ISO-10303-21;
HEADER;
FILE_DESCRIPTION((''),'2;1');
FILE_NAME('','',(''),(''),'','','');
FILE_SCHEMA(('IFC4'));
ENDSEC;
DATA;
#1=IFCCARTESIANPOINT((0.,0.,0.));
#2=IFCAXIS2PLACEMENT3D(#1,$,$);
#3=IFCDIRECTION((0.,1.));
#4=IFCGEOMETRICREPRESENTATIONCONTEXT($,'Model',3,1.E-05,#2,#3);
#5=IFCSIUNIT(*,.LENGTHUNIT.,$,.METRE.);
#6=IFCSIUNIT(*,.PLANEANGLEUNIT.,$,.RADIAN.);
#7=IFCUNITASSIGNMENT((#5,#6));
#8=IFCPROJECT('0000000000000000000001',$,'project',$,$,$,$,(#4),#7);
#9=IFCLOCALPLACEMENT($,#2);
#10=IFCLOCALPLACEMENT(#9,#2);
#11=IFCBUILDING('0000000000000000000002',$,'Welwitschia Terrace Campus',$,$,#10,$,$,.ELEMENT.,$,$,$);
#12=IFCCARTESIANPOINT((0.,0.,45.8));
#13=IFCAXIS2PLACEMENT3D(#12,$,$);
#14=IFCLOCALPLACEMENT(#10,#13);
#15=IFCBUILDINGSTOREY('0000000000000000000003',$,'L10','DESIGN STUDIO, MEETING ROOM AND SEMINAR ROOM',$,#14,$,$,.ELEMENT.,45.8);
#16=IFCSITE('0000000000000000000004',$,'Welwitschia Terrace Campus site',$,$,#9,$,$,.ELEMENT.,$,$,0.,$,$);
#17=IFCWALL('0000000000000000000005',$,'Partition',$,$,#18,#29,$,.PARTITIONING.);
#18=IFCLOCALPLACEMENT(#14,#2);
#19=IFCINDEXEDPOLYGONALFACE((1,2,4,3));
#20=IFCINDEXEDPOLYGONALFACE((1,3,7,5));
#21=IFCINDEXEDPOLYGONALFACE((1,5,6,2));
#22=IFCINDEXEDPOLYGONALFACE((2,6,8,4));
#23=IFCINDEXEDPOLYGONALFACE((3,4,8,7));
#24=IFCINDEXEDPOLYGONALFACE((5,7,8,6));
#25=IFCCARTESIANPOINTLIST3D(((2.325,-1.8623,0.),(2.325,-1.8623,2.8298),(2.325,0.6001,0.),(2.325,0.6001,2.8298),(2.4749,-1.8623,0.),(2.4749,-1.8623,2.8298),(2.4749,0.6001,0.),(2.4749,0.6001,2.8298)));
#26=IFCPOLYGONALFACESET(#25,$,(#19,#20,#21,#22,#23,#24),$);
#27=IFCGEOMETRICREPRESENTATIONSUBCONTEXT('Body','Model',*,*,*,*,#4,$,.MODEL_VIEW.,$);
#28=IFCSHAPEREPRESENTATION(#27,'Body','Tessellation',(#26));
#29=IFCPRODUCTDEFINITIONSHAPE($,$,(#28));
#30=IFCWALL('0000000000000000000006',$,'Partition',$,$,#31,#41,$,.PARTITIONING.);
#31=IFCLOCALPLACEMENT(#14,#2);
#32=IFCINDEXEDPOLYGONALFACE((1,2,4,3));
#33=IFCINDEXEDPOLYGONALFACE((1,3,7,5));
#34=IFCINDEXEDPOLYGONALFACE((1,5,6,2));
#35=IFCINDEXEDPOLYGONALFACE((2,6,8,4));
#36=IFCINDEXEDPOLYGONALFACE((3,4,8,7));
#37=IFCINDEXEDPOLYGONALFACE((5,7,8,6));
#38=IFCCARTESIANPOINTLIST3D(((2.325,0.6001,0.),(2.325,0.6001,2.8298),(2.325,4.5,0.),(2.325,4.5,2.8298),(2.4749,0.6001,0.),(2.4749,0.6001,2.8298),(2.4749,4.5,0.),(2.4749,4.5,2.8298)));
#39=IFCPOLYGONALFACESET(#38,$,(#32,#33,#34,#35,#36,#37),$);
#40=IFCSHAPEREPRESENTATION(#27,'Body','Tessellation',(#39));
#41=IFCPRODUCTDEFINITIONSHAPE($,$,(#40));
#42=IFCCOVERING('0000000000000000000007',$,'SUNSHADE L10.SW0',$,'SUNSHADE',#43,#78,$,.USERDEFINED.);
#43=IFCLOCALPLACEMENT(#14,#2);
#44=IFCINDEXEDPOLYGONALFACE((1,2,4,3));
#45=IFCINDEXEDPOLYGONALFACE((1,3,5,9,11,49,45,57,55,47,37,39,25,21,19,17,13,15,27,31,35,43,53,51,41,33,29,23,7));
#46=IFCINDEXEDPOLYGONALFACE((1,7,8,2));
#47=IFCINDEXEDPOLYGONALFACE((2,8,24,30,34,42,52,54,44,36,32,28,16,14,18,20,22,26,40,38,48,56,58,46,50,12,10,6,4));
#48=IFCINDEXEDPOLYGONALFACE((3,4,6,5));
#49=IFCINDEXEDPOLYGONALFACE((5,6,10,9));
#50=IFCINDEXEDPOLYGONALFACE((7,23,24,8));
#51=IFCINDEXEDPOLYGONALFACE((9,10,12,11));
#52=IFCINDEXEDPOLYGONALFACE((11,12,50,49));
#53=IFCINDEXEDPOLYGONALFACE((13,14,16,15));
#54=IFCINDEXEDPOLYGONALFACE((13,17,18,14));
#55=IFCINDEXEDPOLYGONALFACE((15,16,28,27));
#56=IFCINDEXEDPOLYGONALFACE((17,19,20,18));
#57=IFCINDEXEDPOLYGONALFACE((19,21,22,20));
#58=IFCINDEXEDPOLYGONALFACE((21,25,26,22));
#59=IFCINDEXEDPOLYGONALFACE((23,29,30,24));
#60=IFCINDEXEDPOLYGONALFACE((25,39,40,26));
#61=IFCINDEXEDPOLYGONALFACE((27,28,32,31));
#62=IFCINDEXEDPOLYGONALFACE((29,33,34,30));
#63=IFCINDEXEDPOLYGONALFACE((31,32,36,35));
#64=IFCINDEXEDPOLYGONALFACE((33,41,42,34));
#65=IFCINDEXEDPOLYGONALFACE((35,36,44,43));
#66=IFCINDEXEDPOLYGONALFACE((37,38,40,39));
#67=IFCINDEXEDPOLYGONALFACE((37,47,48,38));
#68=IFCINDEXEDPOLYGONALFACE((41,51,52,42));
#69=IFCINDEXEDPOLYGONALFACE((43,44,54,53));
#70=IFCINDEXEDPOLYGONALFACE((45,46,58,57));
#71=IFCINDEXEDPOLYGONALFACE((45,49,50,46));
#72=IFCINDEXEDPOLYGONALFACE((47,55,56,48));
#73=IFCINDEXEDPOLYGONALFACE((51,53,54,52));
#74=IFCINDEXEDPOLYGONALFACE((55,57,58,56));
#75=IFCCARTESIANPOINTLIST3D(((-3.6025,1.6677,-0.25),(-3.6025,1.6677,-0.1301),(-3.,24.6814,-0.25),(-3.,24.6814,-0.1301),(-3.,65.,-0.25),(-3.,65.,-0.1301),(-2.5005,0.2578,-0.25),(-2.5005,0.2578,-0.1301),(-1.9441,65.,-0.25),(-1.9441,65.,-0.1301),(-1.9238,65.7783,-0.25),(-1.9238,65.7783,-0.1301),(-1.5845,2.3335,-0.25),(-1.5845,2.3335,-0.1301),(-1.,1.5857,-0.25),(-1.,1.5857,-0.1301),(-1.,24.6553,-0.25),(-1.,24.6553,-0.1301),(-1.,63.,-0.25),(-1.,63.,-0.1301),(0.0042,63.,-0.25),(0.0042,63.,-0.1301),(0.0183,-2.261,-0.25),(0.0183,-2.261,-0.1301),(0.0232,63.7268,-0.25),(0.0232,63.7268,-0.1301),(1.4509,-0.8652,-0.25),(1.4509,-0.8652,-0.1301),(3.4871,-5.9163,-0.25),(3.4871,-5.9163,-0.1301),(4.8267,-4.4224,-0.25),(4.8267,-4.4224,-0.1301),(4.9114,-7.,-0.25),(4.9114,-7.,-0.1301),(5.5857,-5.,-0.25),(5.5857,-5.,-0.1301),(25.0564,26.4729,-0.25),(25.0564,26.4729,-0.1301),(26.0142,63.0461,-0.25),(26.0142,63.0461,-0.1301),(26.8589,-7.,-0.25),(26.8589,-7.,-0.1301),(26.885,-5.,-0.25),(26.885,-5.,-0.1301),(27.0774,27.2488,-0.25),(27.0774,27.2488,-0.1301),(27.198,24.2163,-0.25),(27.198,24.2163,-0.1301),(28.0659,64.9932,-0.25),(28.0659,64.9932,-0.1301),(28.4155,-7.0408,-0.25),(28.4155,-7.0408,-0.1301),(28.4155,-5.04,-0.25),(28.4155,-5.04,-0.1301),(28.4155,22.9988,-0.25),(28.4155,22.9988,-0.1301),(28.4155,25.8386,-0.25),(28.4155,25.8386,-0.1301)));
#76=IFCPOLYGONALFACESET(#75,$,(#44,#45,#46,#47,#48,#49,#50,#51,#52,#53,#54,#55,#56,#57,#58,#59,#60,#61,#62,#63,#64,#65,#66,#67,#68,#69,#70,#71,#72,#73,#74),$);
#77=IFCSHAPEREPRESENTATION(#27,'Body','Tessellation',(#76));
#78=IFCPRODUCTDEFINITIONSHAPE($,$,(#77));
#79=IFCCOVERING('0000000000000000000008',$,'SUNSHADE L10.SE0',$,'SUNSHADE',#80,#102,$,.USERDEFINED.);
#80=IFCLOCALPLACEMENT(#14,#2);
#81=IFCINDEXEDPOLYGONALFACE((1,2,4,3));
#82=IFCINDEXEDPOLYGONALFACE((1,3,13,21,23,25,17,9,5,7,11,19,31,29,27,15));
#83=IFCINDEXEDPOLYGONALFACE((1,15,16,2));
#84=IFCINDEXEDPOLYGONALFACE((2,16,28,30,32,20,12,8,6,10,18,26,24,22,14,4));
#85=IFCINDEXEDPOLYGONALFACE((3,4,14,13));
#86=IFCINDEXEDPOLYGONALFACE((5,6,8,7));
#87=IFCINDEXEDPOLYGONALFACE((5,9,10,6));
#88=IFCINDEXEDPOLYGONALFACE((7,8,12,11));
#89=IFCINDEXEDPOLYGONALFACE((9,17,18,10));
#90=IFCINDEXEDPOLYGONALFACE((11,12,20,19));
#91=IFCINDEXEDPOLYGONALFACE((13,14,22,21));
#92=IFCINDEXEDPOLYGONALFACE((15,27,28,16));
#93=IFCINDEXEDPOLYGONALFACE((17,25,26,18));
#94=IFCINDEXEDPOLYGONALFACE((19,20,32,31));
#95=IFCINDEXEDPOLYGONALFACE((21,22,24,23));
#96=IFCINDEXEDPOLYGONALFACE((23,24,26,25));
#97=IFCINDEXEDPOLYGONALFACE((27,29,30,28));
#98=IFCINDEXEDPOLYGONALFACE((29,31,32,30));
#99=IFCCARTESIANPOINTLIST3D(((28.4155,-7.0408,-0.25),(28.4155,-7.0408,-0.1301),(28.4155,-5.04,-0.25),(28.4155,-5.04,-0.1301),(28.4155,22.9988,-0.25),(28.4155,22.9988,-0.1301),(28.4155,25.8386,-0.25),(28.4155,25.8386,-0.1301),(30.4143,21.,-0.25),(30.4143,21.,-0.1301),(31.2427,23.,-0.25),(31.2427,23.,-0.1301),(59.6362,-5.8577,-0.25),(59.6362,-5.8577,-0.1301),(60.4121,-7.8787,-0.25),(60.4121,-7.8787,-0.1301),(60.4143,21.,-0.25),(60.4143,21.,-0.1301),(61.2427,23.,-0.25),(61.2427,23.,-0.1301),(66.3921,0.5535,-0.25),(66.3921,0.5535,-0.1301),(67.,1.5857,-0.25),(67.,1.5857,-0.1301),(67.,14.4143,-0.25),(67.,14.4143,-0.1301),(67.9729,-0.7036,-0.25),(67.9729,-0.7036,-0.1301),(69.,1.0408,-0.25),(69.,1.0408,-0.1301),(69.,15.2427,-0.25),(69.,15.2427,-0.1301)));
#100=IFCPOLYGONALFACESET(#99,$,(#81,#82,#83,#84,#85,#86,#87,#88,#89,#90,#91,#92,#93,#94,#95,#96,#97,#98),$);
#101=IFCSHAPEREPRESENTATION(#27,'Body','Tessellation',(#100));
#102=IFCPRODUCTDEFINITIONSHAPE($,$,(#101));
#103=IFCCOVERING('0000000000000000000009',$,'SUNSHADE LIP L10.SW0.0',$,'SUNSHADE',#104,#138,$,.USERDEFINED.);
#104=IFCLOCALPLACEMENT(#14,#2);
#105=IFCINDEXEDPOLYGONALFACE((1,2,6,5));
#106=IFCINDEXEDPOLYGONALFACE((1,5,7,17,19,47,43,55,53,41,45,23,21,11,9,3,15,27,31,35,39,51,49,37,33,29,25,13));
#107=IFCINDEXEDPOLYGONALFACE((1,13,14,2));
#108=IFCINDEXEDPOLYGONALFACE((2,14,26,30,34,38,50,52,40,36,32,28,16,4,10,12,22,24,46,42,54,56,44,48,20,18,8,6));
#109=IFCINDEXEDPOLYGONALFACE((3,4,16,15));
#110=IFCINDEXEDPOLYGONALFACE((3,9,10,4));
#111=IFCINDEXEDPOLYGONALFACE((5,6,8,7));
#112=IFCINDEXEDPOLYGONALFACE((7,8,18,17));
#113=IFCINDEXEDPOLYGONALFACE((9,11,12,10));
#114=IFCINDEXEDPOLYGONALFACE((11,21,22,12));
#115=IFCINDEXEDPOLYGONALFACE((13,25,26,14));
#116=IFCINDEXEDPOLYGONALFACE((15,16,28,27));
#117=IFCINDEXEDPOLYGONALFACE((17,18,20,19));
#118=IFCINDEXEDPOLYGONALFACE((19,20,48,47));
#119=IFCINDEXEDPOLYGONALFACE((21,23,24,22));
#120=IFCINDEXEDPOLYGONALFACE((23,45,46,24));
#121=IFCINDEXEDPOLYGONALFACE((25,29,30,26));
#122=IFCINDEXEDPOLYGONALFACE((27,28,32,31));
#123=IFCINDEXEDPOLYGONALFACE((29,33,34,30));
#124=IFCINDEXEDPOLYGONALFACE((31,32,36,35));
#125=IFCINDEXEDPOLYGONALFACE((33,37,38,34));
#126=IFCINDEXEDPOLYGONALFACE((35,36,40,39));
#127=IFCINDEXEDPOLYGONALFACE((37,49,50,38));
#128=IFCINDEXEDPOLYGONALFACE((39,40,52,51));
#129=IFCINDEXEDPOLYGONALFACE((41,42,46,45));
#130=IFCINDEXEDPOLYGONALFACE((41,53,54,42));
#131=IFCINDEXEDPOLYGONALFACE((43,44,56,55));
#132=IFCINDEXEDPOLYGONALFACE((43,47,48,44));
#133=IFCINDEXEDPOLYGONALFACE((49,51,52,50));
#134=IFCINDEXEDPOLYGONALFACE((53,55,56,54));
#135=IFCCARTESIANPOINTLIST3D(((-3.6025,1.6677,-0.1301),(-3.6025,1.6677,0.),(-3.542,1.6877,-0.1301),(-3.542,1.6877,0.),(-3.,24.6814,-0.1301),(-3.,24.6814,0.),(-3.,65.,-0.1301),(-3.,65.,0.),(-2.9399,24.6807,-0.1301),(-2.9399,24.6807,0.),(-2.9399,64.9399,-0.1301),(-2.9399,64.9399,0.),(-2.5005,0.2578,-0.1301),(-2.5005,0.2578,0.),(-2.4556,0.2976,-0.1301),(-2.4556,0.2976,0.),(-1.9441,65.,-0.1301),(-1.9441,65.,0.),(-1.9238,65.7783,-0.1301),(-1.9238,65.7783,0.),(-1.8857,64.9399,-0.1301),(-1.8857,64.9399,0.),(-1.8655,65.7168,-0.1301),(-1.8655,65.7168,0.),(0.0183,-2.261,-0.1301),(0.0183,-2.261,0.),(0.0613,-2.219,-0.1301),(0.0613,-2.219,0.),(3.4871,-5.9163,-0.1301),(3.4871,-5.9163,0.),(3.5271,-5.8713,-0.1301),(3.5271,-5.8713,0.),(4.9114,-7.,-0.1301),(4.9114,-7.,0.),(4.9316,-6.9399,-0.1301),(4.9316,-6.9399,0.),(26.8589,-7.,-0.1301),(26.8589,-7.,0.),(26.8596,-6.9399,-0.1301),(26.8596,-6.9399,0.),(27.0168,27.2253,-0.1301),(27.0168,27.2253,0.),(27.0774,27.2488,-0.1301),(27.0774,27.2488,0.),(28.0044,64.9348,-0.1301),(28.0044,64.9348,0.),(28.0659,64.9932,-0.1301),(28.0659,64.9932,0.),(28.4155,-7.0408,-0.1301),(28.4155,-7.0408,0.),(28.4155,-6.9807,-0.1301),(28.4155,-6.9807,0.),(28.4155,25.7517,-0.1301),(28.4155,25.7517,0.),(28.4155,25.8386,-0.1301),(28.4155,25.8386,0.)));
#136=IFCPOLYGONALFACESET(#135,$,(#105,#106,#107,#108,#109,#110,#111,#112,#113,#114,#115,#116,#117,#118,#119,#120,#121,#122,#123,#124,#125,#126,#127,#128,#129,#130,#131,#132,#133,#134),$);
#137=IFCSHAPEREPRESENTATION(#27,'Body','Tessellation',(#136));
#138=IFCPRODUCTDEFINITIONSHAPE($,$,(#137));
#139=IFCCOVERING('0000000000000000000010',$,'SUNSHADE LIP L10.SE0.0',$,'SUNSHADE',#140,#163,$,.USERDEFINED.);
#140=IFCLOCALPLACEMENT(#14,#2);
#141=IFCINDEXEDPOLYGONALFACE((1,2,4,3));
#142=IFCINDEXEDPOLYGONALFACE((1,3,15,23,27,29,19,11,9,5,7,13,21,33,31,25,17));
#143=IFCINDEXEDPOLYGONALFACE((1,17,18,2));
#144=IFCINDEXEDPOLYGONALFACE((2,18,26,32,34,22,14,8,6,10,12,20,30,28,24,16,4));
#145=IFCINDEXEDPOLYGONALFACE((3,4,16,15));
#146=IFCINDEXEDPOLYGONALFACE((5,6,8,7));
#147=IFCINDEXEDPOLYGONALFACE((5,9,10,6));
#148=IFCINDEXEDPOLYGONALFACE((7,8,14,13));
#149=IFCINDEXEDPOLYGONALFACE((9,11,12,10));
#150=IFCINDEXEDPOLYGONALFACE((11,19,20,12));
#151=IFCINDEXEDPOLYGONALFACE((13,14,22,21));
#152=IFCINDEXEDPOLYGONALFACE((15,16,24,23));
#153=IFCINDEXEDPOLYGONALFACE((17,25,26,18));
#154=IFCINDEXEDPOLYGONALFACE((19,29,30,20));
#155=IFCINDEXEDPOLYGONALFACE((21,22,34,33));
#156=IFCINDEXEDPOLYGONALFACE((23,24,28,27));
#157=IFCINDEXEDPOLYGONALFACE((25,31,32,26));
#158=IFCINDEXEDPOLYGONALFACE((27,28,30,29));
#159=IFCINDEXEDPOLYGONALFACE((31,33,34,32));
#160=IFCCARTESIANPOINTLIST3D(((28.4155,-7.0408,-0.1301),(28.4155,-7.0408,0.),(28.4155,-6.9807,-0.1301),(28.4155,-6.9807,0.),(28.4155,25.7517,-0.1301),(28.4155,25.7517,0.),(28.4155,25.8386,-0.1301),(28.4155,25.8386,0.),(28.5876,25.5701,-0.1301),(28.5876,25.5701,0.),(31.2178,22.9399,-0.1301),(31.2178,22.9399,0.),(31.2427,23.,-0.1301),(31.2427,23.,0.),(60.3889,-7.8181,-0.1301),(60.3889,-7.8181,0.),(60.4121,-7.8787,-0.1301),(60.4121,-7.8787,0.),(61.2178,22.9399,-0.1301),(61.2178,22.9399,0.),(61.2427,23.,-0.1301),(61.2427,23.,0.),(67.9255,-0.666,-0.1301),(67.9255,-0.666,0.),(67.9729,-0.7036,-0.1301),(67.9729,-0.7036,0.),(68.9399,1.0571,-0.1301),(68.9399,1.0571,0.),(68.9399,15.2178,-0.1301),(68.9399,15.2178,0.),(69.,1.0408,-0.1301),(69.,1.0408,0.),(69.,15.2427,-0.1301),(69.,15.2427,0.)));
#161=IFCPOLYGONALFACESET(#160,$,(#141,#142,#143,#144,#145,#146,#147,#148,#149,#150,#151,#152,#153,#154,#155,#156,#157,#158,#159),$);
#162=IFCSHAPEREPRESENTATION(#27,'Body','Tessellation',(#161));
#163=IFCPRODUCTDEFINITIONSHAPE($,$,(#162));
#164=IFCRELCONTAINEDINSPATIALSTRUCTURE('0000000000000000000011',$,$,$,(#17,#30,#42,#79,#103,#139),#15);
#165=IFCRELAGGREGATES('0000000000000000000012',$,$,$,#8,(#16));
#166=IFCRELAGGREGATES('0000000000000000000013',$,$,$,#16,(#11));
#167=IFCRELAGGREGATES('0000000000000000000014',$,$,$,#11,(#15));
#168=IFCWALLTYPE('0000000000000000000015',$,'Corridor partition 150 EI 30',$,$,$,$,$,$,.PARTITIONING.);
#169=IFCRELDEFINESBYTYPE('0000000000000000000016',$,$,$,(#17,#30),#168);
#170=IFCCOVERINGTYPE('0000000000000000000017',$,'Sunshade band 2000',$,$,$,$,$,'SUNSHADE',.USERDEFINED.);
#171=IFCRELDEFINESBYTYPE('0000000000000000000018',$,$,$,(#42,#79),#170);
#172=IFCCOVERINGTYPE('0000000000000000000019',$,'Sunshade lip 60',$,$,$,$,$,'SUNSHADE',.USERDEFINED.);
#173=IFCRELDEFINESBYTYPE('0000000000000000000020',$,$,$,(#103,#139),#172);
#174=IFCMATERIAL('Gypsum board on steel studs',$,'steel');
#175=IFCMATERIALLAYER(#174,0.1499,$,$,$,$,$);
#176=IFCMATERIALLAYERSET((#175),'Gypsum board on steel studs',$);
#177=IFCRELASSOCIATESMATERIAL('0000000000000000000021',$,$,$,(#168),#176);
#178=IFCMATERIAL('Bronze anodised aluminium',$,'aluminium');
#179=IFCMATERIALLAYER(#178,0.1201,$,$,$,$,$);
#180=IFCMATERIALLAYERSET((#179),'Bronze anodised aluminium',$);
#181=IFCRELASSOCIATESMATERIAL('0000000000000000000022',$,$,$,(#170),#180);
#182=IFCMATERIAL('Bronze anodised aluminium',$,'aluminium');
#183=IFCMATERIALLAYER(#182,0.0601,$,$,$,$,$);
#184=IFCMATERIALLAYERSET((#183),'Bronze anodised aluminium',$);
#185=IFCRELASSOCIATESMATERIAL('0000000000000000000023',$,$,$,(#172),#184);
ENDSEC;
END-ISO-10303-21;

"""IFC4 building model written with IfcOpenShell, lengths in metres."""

from ifc_helpers import new_model, si_unit, direction, frame, frame_2d, origin, place, context, subcontext, project, spatial, polyline, rectangle, outline, extrude, material, layer, layer_set, type_object, element, save


model = new_model("IFC4")

# Units and contexts
model_context = context("Model", 3, precision=1e-05, world=origin(), true_north=direction((0.0, 1.0)))
body_context = subcontext(model_context, "Body", "Model", "MODEL_VIEW")
ifc_project = project(units=[si_unit("LENGTHUNIT", "METRE"), si_unit("PLANEANGLEUNIT", "RADIAN")], contexts=[model_context])

# Site, building, storey
site_placement = place(None, origin())
site = spatial("IfcSite", under=ifc_project, at=site_placement, Name="Welwitschia Terrace Campus site", CompositionType="ELEMENT", RefElevation=0.0)
building_placement = place(site_placement, origin())
building = spatial("IfcBuilding", under=site, at=building_placement, Name="Welwitschia Terrace Campus", CompositionType="ELEMENT")
storey_placement = place(building_placement, frame((0.0, 0.0, 45.8)))
storey = spatial("IfcBuildingStorey", under=building, at=storey_placement, Name="L10", Description="DESIGN STUDIO, MEETING ROOM AND SEMINAR ROOM", CompositionType="ELEMENT", Elevation=45.8)

# Walls
ifc_material_1 = material(Name="Gypsum board on steel studs", Category="steel")
ifc_layer_1 = layer(ifc_material_1, 0.1499)
ifc_layer_set_1 = layer_set([ifc_layer_1], Name="Gypsum board on steel studs")
wall_type = type_object("IfcWallType", Name="Corridor partition 150 EI 30", PredefinedType="PARTITIONING", material=ifc_layer_set_1)
wall_1_placement = place(storey_placement, frame((2.3999, -1.8623, 0.0), z_axis=(0.0, 0.0, 1.0), x_axis=(0.0, 1.0, 0.0)))
element("IfcWall", 1, at=wall_1_placement, inside=storey, type_object=wall_type, Name="Partition", PredefinedType="PARTITIONING", context=body_context, shape_type="SweptSolid", body=[
    extrude(rectangle(XDim=2.4624, YDim=0.1499, at=frame_2d((1.2312, 0.0))), origin(), (0.0, 0.0, 1.0), 2.8298),
])
wall_2_placement = place(storey_placement, frame((2.3999, 0.6001, 0.0), z_axis=(0.0, 0.0, 1.0), x_axis=(0.0, 1.0, 0.0)))
element("IfcWall", 2, at=wall_2_placement, inside=storey, type_object=wall_type, Name="Partition", PredefinedType="PARTITIONING", context=body_context, shape_type="SweptSolid", body=[
    extrude(rectangle(XDim=3.8999, YDim=0.1499, at=frame_2d((1.95, 0.0))), origin(), (0.0, 0.0, 1.0), 2.8298),
])

# Coverings
ifc_material_2 = material(Name="Bronze anodised aluminium", Category="aluminium")
ifc_layer_2 = layer(ifc_material_2, 0.1201)
ifc_layer_set_2 = layer_set([ifc_layer_2], Name="Bronze anodised aluminium")
covering_type_1 = type_object("IfcCoveringType", Name="Sunshade band 2000", ElementType="SUNSHADE", PredefinedType="USERDEFINED", material=ifc_layer_set_2)
covering_1_placement = place(storey_placement, frame((0.0, 0.0, -0.25)))
element("IfcCovering", 3, at=covering_1_placement, inside=storey, type_object=covering_type_1, Name="SUNSHADE L10.SW0", ObjectType="SUNSHADE", PredefinedType="USERDEFINED", context=body_context, shape_type="SweptSolid", body=[
    extrude(outline(polyline([(-3.0, 24.6814), (-3.0, 65.0), (-1.9441, 65.0), (-1.9238, 65.7783), (28.0659, 64.9932), (27.0774, 27.2488), (28.4155, 25.8386), (28.4155, 22.9988), (27.198, 24.2163), (25.0564, 26.4729), (26.0142, 63.0461), (0.0232, 63.7268), (0.0042, 63.0), (-1.0, 63.0), (-1.0, 24.6553), (-1.5845, 2.3335), (-1.0, 1.5857), (1.4509, -0.8652), (4.8267, -4.4224), (5.5857, -5.0), (26.885, -5.0), (28.4155, -5.04), (28.4155, -7.0408), (26.8589, -7.0), (4.9114, -7.0), (3.4871, -5.9163), (0.0183, -2.261), (-2.5005, 0.2578), (-3.6025, 1.6677), (-3.0, 24.6814)])), origin(), (0.0, 0.0, 1.0), 0.1199),
])
covering_2_placement = place(storey_placement, frame((0.0, 0.0, -0.25)))
element("IfcCovering", 4, at=covering_2_placement, inside=storey, type_object=covering_type_1, Name="SUNSHADE L10.SE0", ObjectType="SUNSHADE", PredefinedType="USERDEFINED", context=body_context, shape_type="SweptSolid", body=[
    extrude(outline(polyline([(28.4155, 25.8386), (31.2427, 23.0), (61.2427, 23.0), (69.0, 15.2427), (69.0, 1.0408), (67.9729, -0.7036), (60.4121, -7.8787), (28.4155, -7.0408), (28.4155, -5.04), (59.6362, -5.8577), (66.3921, 0.5535), (67.0, 1.5857), (67.0, 14.4143), (60.4143, 21.0), (30.4143, 21.0), (28.4155, 22.9988), (28.4155, 25.8386)])), origin(), (0.0, 0.0, 1.0), 0.1199),
])
ifc_material_3 = material(Name="Bronze anodised aluminium", Category="aluminium")
ifc_layer_3 = layer(ifc_material_3, 0.0601)
ifc_layer_set_3 = layer_set([ifc_layer_3], Name="Bronze anodised aluminium")
covering_type_2 = type_object("IfcCoveringType", Name="Sunshade lip 60", ElementType="SUNSHADE", PredefinedType="USERDEFINED", material=ifc_layer_set_3)
covering_3_placement = place(storey_placement, frame((0.0, 0.0, -0.1301)))
element("IfcCovering", 5, at=covering_3_placement, inside=storey, type_object=covering_type_2, Name="SUNSHADE LIP L10.SW0.0", ObjectType="SUNSHADE", PredefinedType="USERDEFINED", context=body_context, shape_type="SweptSolid", body=[
    extrude(outline(polyline([(-3.0, 65.0), (-1.9441, 65.0), (-1.9238, 65.7783), (28.0659, 64.9932), (27.0774, 27.2488), (28.4155, 25.8386), (28.4155, 25.7517), (27.0168, 27.2253), (28.0044, 64.9348), (-1.8655, 65.7168), (-1.8857, 64.9399), (-2.9399, 64.9399), (-2.9399, 24.6807), (-3.542, 1.6877), (-2.4556, 0.2976), (0.0613, -2.219), (3.5271, -5.8713), (4.9316, -6.9399), (26.8596, -6.9399), (28.4155, -6.9807), (28.4155, -7.0408), (26.8589, -7.0), (4.9114, -7.0), (3.4871, -5.9163), (0.0183, -2.261), (-2.5005, 0.2578), (-3.6025, 1.6677), (-3.0, 24.6814), (-3.0, 65.0)])), origin(), (0.0, 0.0, 1.0), 0.1301),
])
covering_4_placement = place(storey_placement, frame((0.0, 0.0, -0.1301)))
element("IfcCovering", 6, at=covering_4_placement, inside=storey, type_object=covering_type_2, Name="SUNSHADE LIP L10.SE0.0", ObjectType="SUNSHADE", PredefinedType="USERDEFINED", context=body_context, shape_type="SweptSolid", body=[
    extrude(outline(polyline([(31.2427, 23.0), (61.2427, 23.0), (69.0, 15.2427), (69.0, 1.0408), (67.9729, -0.7036), (60.4121, -7.8787), (28.4155, -7.0408), (28.4155, -6.9807), (60.3889, -7.8181), (67.9255, -0.666), (68.9399, 1.0571), (68.9399, 15.2178), (61.2178, 22.9399), (31.2178, 22.9399), (28.5876, 25.5701), (28.4155, 25.7517), (28.4155, 25.8386), (31.2427, 23.0)])), origin(), (0.0, 0.0, 1.0), 0.1301),
])

save(model, "model.ifc")
